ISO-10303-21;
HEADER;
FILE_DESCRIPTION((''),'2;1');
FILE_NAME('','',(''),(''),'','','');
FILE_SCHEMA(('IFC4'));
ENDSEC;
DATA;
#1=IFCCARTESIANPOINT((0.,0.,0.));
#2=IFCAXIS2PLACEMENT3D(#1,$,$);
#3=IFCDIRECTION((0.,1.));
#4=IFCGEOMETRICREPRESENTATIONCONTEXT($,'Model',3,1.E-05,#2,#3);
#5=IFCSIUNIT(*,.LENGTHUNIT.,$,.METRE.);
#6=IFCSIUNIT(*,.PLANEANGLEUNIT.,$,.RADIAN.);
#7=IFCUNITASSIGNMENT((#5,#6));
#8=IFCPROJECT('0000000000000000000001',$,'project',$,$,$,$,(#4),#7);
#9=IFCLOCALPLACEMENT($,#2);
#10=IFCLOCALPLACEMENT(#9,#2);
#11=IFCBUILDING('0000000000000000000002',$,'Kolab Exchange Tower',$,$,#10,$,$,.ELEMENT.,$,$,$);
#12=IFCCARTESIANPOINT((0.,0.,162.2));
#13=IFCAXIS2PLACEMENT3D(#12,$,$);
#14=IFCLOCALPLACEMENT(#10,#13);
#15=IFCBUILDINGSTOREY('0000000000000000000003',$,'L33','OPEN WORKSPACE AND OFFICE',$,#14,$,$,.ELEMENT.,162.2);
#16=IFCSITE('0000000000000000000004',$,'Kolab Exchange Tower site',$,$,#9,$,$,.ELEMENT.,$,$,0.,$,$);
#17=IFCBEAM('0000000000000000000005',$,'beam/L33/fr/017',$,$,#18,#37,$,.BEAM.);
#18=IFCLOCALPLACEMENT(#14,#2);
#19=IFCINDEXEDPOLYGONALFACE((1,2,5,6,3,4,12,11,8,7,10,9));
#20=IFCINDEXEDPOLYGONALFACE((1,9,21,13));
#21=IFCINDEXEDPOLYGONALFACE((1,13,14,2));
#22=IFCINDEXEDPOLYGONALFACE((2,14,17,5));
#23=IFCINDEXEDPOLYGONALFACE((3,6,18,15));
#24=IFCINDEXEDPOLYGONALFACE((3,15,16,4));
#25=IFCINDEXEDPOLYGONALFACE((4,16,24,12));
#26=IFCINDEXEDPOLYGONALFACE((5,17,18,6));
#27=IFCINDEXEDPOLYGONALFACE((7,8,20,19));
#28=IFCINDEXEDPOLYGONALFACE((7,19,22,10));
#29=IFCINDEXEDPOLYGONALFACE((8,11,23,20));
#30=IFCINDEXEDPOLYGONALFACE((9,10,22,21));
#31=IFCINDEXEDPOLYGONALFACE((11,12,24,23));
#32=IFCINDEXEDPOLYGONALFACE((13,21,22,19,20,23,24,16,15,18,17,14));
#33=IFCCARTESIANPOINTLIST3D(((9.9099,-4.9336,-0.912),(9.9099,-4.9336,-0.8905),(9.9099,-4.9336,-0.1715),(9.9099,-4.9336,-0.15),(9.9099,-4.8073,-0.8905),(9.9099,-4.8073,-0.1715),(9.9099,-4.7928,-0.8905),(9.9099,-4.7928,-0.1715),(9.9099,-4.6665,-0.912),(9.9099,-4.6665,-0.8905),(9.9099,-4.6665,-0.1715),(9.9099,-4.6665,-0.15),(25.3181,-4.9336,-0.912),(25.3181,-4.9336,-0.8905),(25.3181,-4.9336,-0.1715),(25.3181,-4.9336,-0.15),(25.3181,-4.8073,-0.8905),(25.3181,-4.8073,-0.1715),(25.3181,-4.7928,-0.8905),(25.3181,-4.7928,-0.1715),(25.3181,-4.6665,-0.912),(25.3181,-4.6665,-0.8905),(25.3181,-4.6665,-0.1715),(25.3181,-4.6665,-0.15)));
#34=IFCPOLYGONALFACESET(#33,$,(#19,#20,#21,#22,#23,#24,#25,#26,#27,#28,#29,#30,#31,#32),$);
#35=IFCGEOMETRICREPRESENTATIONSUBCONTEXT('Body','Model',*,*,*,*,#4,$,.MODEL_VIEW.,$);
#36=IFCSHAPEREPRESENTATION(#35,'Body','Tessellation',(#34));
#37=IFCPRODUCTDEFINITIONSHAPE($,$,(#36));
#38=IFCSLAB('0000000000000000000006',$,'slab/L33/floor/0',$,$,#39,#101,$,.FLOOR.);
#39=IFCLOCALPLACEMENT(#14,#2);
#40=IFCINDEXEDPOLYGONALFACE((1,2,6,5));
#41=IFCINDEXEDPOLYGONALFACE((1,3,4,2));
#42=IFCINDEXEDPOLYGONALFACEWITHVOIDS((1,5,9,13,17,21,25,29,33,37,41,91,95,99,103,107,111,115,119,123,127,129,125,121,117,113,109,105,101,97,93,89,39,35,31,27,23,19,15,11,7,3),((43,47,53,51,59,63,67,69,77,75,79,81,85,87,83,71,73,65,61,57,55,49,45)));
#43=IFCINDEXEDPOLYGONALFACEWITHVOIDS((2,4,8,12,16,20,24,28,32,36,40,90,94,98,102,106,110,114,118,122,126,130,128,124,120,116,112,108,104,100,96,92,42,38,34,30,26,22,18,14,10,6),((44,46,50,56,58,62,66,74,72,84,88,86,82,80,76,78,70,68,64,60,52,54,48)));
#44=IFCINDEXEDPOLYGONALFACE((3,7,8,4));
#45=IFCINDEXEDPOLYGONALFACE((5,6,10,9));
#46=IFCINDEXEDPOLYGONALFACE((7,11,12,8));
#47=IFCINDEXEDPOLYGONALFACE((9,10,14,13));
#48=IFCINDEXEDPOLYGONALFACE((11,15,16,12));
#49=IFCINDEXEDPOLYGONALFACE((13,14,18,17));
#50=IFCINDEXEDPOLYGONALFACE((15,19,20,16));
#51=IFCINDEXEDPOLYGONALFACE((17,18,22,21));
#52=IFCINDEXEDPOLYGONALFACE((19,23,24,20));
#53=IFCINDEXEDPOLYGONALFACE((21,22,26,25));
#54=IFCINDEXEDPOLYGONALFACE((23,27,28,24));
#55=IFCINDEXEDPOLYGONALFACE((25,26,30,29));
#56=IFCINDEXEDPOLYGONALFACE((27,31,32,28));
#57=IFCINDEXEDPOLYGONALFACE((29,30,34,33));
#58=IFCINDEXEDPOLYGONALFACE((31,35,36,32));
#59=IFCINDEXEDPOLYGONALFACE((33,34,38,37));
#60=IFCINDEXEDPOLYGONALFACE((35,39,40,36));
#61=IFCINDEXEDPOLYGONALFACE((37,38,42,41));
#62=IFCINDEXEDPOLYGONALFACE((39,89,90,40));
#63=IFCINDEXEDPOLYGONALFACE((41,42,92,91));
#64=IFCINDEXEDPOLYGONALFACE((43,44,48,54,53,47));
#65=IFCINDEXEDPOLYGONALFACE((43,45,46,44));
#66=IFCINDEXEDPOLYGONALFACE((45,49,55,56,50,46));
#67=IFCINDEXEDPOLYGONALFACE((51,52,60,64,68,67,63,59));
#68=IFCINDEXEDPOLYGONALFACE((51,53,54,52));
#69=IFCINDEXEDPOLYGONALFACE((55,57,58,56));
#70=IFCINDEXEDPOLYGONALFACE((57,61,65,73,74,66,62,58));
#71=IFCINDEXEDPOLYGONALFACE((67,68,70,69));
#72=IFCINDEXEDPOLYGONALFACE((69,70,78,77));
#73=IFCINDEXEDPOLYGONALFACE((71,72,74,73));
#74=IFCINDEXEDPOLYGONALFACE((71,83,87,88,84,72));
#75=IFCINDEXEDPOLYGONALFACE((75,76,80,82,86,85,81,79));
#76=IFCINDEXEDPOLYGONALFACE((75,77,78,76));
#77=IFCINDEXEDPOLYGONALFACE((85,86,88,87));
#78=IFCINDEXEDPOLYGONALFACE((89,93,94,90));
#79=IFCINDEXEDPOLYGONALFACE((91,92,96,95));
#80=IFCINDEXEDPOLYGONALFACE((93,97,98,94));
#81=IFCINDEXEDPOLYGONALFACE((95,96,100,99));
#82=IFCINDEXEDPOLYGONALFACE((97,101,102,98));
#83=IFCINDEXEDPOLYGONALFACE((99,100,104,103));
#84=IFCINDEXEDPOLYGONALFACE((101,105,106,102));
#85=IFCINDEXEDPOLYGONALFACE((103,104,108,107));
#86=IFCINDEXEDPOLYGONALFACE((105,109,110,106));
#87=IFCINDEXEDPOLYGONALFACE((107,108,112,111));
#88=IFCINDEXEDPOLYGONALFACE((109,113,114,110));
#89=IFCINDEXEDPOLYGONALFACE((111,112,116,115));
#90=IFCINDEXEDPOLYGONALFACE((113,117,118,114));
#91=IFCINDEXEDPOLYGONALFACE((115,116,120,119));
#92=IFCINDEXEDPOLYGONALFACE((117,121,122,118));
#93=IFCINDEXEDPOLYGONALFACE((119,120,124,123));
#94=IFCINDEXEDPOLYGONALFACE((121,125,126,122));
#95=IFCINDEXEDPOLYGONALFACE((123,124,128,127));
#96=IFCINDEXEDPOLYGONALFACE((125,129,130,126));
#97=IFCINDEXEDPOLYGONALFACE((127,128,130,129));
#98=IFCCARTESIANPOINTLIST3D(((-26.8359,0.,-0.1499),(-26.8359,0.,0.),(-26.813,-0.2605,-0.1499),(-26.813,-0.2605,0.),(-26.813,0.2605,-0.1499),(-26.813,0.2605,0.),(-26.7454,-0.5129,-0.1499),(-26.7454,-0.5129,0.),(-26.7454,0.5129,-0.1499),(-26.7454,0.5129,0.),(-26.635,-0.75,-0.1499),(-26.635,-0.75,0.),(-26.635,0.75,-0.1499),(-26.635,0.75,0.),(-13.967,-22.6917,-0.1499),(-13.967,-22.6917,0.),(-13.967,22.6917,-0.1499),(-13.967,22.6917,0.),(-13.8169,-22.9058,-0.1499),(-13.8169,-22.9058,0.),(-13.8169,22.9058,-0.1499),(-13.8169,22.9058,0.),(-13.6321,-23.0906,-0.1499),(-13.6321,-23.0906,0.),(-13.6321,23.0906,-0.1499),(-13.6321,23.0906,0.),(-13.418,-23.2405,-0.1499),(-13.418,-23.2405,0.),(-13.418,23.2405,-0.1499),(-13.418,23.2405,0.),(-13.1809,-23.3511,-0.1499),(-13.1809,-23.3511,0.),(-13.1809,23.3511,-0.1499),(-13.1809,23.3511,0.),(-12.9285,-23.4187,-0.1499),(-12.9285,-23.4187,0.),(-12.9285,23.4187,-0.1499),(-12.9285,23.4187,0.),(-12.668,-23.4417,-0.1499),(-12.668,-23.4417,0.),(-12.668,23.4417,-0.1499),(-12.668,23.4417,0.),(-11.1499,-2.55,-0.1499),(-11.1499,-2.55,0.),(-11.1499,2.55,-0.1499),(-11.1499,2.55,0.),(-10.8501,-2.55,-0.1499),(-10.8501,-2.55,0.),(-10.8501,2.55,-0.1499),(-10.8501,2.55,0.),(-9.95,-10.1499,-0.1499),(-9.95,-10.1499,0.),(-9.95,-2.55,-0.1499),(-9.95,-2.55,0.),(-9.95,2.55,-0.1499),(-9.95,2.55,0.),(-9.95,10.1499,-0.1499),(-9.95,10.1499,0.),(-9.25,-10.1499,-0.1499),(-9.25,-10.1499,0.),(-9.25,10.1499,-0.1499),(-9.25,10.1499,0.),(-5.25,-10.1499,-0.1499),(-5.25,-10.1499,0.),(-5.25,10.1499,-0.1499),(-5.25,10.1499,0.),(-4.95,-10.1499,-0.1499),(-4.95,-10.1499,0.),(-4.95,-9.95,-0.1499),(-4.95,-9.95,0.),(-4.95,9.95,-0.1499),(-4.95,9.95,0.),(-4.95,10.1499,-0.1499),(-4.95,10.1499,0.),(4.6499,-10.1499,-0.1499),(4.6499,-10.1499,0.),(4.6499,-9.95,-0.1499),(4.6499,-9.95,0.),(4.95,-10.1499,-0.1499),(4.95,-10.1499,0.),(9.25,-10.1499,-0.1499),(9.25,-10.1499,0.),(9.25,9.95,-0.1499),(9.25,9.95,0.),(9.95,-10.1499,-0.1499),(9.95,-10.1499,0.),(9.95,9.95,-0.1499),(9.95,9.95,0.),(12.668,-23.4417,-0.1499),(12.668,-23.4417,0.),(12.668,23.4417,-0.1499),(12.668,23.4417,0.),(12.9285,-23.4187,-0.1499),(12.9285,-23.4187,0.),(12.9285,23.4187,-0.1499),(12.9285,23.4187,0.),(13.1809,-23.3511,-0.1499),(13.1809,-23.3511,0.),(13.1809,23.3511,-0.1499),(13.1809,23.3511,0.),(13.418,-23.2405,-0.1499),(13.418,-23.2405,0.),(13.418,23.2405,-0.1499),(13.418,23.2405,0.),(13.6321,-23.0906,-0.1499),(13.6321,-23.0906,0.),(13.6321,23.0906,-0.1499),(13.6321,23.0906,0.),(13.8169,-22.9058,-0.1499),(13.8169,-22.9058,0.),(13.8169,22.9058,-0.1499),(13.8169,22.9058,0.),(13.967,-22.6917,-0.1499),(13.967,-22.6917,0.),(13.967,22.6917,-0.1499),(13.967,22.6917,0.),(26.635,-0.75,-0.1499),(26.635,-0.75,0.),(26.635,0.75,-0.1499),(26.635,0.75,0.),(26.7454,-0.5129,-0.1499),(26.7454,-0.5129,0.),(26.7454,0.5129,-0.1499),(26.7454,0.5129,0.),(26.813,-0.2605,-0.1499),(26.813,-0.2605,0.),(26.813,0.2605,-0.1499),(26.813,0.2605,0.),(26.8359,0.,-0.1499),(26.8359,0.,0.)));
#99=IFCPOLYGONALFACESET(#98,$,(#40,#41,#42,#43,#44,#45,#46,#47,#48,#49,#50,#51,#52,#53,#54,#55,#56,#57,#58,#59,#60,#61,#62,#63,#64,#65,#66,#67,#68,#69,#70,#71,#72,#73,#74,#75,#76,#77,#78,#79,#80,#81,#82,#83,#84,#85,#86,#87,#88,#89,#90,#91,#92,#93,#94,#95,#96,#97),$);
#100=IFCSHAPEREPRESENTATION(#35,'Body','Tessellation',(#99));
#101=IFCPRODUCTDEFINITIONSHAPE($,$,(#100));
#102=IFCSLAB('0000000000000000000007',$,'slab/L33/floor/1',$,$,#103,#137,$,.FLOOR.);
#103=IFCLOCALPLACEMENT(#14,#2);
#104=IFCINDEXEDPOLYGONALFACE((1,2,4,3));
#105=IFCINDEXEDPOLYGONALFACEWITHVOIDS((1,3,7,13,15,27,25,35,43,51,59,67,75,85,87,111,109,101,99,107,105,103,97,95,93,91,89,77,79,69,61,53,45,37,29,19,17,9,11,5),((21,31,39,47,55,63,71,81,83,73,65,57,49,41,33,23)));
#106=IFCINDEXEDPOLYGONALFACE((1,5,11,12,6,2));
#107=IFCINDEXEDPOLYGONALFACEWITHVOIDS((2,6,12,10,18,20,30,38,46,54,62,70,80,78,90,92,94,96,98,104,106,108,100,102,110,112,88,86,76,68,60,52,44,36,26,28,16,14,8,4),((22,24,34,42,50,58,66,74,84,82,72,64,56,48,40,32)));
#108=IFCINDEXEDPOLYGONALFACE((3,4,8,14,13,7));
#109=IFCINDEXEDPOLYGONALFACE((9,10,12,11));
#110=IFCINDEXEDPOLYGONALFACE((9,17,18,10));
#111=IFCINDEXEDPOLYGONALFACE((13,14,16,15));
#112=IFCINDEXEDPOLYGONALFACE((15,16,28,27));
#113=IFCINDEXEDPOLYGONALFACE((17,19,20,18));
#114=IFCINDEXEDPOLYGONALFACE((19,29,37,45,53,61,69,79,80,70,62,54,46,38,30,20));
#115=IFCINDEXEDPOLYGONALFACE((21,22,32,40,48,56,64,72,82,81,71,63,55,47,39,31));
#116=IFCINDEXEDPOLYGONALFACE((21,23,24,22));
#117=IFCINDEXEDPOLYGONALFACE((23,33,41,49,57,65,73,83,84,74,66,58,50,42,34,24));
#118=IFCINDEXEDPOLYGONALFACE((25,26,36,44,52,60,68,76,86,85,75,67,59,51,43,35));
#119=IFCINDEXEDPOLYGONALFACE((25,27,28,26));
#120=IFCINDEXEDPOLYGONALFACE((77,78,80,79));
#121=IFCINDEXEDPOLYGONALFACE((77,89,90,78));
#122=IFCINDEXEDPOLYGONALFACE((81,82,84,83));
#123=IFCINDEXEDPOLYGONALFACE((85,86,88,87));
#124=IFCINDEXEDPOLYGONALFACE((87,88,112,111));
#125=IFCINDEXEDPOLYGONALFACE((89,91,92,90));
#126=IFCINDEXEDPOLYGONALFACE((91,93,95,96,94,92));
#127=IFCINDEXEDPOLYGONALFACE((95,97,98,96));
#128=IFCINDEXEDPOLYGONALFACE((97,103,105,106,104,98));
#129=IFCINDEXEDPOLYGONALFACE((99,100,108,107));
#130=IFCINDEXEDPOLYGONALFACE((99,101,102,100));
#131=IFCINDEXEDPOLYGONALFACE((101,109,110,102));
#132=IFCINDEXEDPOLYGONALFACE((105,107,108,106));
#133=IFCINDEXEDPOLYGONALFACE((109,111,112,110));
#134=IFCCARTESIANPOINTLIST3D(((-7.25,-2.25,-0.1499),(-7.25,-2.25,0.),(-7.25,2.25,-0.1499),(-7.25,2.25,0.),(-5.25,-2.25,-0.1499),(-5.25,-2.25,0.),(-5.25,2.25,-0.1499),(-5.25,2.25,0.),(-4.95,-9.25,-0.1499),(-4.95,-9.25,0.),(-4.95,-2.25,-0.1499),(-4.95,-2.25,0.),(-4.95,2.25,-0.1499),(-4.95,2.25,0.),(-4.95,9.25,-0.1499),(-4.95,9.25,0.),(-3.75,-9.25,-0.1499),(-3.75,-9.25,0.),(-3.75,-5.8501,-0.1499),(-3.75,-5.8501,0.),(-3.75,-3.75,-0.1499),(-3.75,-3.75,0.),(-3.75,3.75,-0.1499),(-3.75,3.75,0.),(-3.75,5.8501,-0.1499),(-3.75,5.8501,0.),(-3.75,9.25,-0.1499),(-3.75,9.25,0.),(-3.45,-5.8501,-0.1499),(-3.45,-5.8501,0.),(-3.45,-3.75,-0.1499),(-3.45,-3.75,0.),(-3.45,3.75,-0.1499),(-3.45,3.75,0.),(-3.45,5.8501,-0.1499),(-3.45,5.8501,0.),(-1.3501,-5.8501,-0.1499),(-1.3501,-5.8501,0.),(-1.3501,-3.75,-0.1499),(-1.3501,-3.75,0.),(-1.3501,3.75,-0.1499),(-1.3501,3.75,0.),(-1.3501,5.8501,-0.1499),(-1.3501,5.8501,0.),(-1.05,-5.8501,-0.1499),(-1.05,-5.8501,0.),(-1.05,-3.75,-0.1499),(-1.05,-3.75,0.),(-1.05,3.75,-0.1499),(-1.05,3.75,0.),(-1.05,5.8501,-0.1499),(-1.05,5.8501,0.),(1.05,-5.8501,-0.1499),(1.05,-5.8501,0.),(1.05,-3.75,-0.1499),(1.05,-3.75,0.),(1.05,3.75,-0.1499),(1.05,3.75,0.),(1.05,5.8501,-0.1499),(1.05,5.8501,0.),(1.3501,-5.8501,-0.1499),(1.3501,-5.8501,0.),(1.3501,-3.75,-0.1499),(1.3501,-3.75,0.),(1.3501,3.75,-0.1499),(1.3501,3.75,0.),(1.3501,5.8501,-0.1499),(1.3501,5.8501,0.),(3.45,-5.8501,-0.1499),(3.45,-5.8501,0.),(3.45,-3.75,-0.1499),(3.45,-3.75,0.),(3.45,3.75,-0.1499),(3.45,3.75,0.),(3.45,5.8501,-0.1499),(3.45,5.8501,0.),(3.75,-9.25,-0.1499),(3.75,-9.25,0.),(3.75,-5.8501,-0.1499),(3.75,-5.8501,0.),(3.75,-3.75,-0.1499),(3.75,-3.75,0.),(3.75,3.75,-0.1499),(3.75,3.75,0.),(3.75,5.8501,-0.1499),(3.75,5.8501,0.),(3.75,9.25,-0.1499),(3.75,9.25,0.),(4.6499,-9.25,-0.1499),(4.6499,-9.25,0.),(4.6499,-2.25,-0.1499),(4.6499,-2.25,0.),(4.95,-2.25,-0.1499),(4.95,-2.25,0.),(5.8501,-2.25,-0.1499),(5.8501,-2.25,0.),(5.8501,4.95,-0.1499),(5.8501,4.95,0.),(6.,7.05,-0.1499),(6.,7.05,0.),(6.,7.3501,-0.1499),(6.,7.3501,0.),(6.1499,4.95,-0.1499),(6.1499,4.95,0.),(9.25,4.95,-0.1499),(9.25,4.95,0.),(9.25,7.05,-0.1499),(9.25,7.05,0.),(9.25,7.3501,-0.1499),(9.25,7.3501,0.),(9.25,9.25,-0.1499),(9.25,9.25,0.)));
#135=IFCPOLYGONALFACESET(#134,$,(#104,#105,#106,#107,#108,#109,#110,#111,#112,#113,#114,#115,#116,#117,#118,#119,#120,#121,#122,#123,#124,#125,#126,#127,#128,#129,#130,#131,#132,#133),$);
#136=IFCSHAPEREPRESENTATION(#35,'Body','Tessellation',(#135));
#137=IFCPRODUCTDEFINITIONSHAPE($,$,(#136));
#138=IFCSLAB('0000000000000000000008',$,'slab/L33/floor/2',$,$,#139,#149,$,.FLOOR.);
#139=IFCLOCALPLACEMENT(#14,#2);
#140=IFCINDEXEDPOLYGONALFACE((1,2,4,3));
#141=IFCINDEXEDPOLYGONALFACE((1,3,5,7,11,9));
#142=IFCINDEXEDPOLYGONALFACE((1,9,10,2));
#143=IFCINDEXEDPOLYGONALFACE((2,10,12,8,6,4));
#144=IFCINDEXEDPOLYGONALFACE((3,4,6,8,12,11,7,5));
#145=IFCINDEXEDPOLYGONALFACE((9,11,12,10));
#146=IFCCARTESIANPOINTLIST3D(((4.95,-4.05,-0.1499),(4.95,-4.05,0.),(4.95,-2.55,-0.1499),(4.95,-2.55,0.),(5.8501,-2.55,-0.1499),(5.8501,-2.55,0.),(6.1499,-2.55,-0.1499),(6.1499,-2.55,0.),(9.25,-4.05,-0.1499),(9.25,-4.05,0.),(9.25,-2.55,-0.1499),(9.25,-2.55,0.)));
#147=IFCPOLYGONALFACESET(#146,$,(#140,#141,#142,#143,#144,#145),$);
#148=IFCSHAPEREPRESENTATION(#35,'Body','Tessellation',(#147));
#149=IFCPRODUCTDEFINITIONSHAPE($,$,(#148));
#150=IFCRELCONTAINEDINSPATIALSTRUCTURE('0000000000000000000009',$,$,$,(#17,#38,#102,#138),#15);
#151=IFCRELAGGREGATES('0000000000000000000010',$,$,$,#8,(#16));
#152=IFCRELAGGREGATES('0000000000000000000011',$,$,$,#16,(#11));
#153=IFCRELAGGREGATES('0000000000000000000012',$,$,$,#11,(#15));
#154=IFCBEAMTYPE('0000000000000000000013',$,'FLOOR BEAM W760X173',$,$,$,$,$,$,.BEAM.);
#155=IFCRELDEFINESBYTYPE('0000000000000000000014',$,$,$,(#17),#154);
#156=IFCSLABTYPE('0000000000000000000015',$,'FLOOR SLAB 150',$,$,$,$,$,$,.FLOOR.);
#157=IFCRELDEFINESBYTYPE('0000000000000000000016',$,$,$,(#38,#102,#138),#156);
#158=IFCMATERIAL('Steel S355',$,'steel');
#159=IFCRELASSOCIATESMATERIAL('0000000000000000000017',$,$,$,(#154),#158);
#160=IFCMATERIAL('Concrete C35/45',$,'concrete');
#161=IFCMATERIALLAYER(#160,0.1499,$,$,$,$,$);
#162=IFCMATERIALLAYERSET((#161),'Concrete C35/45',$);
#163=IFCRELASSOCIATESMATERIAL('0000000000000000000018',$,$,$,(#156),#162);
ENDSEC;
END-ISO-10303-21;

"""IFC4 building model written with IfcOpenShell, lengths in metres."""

from ifc_helpers import new_model, si_unit, direction, frame, origin, origin_2d, place, context, subcontext, project, spatial, polyline, i_section, outline, extrude, material, layer, layer_set, material_profile, profile_set, type_object, element, save


model = new_model("IFC4")

# Units and contexts
model_context = context("Model", 3, precision=1e-05, world=origin(), true_north=direction((0.0, 1.0)))
body_context = subcontext(model_context, "Body", "Model", "MODEL_VIEW")
ifc_project = project(units=[si_unit("LENGTHUNIT", "METRE"), si_unit("PLANEANGLEUNIT", "RADIAN")], contexts=[model_context])

# Site, building, storey
site_placement = place(None, origin())
site = spatial("IfcSite", under=ifc_project, at=site_placement, Name="Kolab Exchange Tower site", CompositionType="ELEMENT", RefElevation=0.0)
building_placement = place(site_placement, origin())
building = spatial("IfcBuilding", under=site, at=building_placement, Name="Kolab Exchange Tower", CompositionType="ELEMENT")
storey_placement = place(building_placement, frame((0.0, 0.0, 162.2)))
storey = spatial("IfcBuildingStorey", under=building, at=storey_placement, Name="L33", Description="OPEN WORKSPACE AND OFFICE", CompositionType="ELEMENT", Elevation=162.2)

# Beam
ifc_material_1 = material(Name="Steel S355", Category="steel")
ifc_material_profile = material_profile(ifc_material_1, i_section(OverallWidth=0.2671, OverallDepth=0.762, WebThickness=0.0144, FlangeThickness=0.0215, at=origin_2d()), Name="W760X173")
ifc_profile_set = profile_set([ifc_material_profile], Name="Steel S355")
beam_type = type_object("IfcBeamType", Name="FLOOR BEAM W760X173", PredefinedType="BEAM", material=ifc_profile_set)
beam_placement = place(storey_placement, frame((9.9099, -4.8, -0.531), z_axis=(1.0, 0.0, 0.0), x_axis=(0.0, 1.0, 0.0)))
element("IfcBeam", 1, at=beam_placement, inside=storey, type_object=beam_type, Name="beam/L33/fr/017", PredefinedType="BEAM", context=body_context, shape_type="SweptSolid", body=[
    extrude(i_section(OverallWidth=0.2671, OverallDepth=0.762, WebThickness=0.0144, FlangeThickness=0.0215, at=origin_2d()), origin(), (0.0, 0.0, 1.0), 15.4082),
])

# Slabs
ifc_material_2 = material(Name="Concrete C35/45", Category="concrete")
ifc_layer_1 = layer(ifc_material_2, 0.1499)
ifc_layer_set_1 = layer_set([ifc_layer_1], Name="Concrete C35/45")
slab_type_1 = type_object("IfcSlabType", Name="FLOOR SLAB 150", PredefinedType="FLOOR", material=ifc_layer_set_1)
slab_1_placement = place(storey_placement, frame((0.0, 0.0, -0.1499)))
element("IfcSlab", 2, at=slab_1_placement, inside=storey, type_object=slab_type_1, Name="slab/L33/floor/0", PredefinedType="FLOOR", context=body_context, shape_type="SweptSolid", body=[
    extrude(outline(polyline([(13.967, -22.6917), (26.635, -0.75), (26.7454, -0.5129), (26.813, -0.2605), (26.8359, 0.0), (26.813, 0.2605), (26.7454, 0.5129), (26.635, 0.75), (13.967, 22.6917), (13.8169, 22.9058), (13.6321, 23.0906), (13.418, 23.2405), (13.1809, 23.3511), (12.9285, 23.4187), (12.668, 23.4417), (-12.668, 23.4417), (-12.9285, 23.4187), (-13.1809, 23.3511), (-13.418, 23.2405), (-13.6321, 23.0906), (-13.8169, 22.9058), (-13.967, 22.6917), (-26.635, 0.75), (-26.7454, 0.5129), (-26.813, 0.2605), (-26.8359, 0.0), (-26.813, -0.2605), (-26.7454, -0.5129), (-26.635, -0.75), (-13.967, -22.6917), (-13.8169, -22.9058), (-13.6321, -23.0906), (-13.418, -23.2405), (-13.1809, -23.3511), (-12.9285, -23.4187), (-12.668, -23.4417), (12.668, -23.4417), (12.9285, -23.4187), (13.1809, -23.3511), (13.418, -23.2405), (13.6321, -23.0906), (13.8169, -22.9058), (13.967, -22.6917)]), holes=[polyline([(-9.25, -10.1499), (-9.95, -10.1499), (-9.95, -2.55), (-10.8501, -2.55), (-11.1499, -2.55), (-11.1499, 2.55), (-10.8501, 2.55), (-9.95, 2.55), (-9.95, 10.1499), (-9.25, 10.1499), (-5.25, 10.1499), (-4.95, 10.1499), (-4.95, 9.95), (9.25, 9.95), (9.95, 9.95), (9.95, -10.1499), (9.25, -10.1499), (4.95, -10.1499), (4.6499, -10.1499), (4.6499, -9.95), (-4.95, -9.95), (-4.95, -10.1499), (-5.25, -10.1499), (-9.25, -10.1499)])]), origin(), (0.0, 0.0, 1.0), 0.1499),
])
slab_2_placement = place(storey_placement, frame((0.0, 0.0, -0.1499)))
element("IfcSlab", 3, at=slab_2_placement, inside=storey, type_object=slab_type_1, Name="slab/L33/floor/1", PredefinedType="FLOOR", context=body_context, shape_type="SweptSolid", body=[
    extrude(outline(polyline([(-4.95, 9.25), (-4.95, 2.25), (-5.25, 2.25), (-7.25, 2.25), (-7.25, -2.25), (-5.25, -2.25), (-4.95, -2.25), (-4.95, -9.25), (-3.75, -9.25), (-3.75, -5.8501), (-3.45, -5.8501), (-1.3501, -5.8501), (-1.05, -5.8501), (1.05, -5.8501), (1.3501, -5.8501), (3.45, -5.8501), (3.75, -5.8501), (3.75, -9.25), (4.6499, -9.25), (4.6499, -2.25), (4.95, -2.25), (5.8501, -2.25), (5.8501, 4.95), (6.1499, 4.95), (9.25, 4.95), (9.25, 7.05), (6.0, 7.05), (6.0, 7.3501), (9.25, 7.3501), (9.25, 9.25), (3.75, 9.25), (3.75, 5.8501), (3.45, 5.8501), (1.3501, 5.8501), (1.05, 5.8501), (-1.05, 5.8501), (-1.3501, 5.8501), (-3.45, 5.8501), (-3.75, 5.8501), (-3.75, 9.25), (-4.95, 9.25)]), holes=[polyline([(-3.45, -3.75), (-3.75, -3.75), (-3.75, 3.75), (-3.45, 3.75), (-1.3501, 3.75), (-1.05, 3.75), (1.05, 3.75), (1.3501, 3.75), (3.45, 3.75), (3.75, 3.75), (3.75, -3.75), (3.45, -3.75), (1.3501, -3.75), (1.05, -3.75), (-1.05, -3.75), (-1.3501, -3.75), (-3.45, -3.75)])]), origin(), (0.0, 0.0, 1.0), 0.1499),
])
slab_3_placement = place(storey_placement, frame((0.0, 0.0, -0.1499)))
element("IfcSlab", 4, at=slab_3_placement, inside=storey, type_object=slab_type_1, Name="slab/L33/floor/2", PredefinedType="FLOOR", context=body_context, shape_type="SweptSolid", body=[
    extrude(outline(polyline([(4.95, -4.05), (9.25, -4.05), (9.25, -2.55), (6.1499, -2.55), (5.8501, -2.55), (4.95, -2.55), (4.95, -4.05)])), origin(), (0.0, 0.0, 1.0), 0.1499),
])

save(model, "model.ifc")
